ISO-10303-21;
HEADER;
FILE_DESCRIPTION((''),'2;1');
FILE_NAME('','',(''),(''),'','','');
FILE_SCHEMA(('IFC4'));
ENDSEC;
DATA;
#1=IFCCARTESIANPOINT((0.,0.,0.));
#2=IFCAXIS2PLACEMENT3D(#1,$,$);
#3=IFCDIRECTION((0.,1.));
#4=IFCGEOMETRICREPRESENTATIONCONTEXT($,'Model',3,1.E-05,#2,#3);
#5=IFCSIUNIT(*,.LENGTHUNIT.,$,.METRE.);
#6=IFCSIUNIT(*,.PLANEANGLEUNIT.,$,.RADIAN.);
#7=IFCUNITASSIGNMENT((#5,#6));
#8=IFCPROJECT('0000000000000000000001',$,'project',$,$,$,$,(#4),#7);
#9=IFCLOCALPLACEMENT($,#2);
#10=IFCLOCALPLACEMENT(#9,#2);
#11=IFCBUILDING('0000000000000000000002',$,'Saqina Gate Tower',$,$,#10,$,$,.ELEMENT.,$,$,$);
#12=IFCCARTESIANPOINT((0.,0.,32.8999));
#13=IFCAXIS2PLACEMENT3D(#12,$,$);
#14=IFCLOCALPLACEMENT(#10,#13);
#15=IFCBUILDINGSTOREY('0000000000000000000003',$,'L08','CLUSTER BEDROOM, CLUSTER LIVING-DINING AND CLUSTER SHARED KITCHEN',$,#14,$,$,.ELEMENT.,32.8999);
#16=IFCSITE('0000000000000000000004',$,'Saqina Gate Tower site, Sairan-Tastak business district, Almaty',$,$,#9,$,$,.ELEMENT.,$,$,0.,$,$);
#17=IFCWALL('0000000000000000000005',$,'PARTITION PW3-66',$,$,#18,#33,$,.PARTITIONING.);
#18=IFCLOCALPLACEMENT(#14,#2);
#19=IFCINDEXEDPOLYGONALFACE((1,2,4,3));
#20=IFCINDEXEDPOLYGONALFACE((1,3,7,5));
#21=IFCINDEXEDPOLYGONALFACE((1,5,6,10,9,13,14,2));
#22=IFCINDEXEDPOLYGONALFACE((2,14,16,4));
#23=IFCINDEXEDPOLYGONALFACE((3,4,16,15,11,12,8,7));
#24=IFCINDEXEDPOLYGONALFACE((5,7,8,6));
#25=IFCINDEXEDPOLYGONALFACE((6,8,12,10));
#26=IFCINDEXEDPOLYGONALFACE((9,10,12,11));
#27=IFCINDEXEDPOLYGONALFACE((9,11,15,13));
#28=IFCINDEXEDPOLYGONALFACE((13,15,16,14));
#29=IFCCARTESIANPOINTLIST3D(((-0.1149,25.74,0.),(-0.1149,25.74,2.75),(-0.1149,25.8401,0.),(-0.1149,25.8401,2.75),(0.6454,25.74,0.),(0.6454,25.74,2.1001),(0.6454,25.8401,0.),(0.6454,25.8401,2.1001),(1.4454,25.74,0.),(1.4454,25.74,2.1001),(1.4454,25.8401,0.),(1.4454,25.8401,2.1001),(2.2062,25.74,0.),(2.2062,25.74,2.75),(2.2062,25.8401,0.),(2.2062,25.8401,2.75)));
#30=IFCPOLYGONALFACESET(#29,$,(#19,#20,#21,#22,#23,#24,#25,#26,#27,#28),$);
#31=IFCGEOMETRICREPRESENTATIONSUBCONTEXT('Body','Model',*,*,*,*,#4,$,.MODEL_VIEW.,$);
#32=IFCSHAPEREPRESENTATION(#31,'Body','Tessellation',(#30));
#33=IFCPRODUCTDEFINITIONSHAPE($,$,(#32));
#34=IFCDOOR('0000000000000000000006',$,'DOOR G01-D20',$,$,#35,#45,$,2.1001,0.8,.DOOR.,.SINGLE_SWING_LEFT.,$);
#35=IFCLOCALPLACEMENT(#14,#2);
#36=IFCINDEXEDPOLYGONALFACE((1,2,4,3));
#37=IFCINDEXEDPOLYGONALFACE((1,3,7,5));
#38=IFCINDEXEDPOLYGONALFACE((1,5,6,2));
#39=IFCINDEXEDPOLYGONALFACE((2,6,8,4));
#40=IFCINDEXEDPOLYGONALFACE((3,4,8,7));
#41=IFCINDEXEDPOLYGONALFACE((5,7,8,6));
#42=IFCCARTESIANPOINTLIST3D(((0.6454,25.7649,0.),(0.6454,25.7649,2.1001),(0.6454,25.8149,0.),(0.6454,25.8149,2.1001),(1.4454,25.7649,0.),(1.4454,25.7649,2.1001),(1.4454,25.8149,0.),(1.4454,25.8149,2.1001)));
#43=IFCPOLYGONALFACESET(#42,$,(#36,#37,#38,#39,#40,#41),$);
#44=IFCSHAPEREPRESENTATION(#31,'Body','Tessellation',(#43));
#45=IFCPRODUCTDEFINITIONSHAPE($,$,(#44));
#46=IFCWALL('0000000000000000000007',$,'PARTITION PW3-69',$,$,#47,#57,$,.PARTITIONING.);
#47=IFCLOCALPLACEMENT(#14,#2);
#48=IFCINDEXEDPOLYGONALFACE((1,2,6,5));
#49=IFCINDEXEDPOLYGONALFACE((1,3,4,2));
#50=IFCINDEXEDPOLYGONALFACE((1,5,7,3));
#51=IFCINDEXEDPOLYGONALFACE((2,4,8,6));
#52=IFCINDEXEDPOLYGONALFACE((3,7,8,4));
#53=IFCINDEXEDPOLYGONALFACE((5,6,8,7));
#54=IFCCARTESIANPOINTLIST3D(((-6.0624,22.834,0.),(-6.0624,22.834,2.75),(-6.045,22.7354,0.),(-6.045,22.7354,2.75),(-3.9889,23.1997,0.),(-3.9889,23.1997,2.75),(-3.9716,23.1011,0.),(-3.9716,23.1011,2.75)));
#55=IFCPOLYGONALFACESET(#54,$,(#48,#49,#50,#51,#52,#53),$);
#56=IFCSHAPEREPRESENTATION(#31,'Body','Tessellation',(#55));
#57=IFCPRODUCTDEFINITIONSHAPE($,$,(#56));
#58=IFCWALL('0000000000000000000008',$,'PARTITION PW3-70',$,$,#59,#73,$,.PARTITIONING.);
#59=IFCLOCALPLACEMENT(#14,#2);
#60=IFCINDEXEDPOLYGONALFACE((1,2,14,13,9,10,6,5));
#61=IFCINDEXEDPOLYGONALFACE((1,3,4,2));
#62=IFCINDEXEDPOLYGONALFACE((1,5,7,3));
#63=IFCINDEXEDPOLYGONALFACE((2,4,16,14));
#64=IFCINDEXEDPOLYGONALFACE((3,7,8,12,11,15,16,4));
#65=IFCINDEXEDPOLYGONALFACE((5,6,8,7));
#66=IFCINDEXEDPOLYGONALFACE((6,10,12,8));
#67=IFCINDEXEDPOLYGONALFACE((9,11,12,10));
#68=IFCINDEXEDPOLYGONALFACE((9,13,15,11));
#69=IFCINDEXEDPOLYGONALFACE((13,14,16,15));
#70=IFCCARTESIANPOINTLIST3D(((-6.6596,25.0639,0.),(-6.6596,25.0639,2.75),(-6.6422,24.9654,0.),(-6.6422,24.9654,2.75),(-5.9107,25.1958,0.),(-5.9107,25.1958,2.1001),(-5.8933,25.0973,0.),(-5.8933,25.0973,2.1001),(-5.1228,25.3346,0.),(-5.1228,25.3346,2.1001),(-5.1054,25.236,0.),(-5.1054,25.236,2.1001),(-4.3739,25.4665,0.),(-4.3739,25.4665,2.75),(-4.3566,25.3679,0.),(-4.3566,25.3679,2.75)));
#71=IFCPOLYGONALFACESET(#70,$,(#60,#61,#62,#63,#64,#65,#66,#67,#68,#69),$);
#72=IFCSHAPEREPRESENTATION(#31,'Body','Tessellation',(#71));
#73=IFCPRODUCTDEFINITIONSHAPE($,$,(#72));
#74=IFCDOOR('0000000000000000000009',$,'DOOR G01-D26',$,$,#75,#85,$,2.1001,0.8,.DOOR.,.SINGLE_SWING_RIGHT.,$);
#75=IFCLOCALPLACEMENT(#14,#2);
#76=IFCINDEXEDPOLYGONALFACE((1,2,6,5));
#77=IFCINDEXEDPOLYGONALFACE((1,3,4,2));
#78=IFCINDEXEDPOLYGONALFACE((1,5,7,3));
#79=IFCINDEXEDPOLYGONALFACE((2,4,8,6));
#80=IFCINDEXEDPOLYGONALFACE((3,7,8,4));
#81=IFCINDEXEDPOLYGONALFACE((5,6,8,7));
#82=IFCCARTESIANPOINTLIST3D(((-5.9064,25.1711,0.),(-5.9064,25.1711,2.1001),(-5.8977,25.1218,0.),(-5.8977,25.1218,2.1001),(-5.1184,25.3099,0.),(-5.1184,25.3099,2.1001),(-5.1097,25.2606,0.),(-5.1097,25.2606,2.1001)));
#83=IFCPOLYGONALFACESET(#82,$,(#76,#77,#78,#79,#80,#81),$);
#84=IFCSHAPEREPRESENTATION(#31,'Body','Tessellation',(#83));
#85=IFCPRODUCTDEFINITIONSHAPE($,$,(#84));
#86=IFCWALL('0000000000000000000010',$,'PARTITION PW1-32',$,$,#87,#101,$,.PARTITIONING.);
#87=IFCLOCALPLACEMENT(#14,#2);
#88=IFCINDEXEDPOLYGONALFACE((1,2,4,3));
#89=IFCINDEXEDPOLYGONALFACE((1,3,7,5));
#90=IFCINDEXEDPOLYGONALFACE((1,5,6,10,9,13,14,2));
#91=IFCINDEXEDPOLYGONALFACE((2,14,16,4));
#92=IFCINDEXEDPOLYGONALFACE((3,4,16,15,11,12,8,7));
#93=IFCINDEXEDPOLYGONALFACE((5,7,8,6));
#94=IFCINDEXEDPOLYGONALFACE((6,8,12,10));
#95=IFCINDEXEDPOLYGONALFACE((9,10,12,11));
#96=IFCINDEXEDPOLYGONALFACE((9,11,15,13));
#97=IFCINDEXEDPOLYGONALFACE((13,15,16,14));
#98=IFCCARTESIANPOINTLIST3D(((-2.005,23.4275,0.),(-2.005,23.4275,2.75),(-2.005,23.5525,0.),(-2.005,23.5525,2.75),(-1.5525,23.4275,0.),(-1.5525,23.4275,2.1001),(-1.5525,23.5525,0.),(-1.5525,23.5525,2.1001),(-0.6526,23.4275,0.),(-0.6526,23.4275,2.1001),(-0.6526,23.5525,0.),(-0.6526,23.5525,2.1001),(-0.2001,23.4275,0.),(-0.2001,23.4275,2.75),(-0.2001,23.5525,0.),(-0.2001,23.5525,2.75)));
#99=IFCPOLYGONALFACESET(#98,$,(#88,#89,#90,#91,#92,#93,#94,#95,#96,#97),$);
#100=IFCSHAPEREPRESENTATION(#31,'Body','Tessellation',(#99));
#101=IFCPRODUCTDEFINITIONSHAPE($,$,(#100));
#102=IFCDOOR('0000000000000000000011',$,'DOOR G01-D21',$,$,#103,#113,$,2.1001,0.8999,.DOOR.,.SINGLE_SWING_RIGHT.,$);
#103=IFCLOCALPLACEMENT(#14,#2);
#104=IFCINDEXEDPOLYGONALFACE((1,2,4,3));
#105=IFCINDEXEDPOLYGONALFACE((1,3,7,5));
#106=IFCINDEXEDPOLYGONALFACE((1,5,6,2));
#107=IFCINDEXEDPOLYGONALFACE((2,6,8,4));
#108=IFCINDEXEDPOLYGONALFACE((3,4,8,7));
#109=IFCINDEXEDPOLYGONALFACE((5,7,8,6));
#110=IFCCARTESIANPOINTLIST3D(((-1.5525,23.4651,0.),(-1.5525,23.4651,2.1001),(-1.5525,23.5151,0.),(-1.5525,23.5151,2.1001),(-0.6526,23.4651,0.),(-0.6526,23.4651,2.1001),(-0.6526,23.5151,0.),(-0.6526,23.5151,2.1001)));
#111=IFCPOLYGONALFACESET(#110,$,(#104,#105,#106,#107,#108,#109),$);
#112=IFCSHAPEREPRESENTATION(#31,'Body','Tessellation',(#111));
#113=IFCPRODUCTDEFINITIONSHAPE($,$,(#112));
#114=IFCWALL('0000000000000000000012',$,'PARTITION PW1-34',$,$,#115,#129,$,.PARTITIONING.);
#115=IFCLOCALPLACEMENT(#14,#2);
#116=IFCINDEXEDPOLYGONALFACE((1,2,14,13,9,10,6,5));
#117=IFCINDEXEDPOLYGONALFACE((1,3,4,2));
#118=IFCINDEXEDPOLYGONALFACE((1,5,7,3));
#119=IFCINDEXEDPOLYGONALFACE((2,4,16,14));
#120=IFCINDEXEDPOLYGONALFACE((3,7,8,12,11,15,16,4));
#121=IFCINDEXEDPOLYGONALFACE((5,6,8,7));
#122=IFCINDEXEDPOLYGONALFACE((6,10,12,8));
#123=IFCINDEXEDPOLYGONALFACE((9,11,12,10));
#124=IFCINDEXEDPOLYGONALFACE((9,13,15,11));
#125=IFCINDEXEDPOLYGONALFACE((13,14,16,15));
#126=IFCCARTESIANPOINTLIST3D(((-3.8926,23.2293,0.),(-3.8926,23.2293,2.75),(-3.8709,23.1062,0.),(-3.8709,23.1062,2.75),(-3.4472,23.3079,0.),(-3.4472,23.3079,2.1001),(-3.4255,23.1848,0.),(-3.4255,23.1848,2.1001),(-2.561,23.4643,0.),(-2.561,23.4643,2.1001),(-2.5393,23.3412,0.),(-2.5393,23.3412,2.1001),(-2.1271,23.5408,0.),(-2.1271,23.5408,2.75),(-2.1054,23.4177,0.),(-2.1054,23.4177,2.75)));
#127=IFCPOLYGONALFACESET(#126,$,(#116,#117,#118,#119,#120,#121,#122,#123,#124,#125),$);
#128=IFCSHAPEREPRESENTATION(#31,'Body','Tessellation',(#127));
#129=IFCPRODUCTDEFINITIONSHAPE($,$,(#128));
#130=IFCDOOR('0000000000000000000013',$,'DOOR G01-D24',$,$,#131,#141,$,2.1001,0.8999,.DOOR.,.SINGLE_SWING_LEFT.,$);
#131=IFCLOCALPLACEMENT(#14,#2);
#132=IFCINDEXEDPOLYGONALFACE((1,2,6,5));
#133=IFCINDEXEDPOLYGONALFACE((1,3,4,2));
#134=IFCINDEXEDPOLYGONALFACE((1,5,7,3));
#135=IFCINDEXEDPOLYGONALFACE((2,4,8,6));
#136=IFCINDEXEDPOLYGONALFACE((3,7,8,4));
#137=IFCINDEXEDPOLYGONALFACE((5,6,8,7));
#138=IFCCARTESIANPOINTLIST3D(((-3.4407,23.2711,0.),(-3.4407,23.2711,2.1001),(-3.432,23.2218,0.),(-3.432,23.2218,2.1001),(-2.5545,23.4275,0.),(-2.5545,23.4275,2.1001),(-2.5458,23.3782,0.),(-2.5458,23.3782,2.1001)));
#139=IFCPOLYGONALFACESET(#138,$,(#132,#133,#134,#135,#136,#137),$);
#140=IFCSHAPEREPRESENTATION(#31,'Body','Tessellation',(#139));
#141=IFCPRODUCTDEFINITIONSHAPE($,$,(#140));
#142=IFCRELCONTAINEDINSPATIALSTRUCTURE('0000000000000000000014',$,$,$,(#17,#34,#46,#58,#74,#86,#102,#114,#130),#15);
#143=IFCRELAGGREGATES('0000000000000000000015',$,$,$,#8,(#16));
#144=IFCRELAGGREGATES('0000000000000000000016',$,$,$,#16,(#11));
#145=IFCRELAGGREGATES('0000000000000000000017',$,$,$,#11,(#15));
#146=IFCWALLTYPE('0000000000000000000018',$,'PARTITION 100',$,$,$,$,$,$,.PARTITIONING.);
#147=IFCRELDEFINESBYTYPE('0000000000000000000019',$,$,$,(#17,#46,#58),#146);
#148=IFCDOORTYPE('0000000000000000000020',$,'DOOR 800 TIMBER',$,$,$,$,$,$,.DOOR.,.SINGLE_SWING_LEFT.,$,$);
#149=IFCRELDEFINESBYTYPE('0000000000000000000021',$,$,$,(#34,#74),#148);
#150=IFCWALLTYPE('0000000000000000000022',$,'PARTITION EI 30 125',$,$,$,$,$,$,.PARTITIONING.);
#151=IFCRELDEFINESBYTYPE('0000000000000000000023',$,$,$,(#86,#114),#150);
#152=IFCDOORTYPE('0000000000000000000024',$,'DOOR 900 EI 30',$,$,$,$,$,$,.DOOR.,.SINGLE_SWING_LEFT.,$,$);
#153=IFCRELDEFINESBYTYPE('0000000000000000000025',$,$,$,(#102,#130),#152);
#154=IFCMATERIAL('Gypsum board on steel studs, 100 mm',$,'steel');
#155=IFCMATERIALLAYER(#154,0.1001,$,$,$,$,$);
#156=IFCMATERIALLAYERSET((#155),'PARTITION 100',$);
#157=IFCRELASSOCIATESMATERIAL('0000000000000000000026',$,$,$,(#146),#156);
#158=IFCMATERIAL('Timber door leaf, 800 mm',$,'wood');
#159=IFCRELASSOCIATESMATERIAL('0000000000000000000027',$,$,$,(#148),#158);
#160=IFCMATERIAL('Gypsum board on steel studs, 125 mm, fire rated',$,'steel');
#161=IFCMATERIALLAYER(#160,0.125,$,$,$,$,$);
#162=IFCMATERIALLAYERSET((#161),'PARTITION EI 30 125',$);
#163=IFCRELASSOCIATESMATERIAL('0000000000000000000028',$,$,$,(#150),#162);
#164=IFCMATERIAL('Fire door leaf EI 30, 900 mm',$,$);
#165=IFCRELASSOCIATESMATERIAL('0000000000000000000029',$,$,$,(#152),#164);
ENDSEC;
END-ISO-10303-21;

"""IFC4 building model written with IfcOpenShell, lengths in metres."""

from ifc_helpers import new_model, si_unit, direction, frame, frame_2d, origin, place, context, subcontext, project, spatial, rectangle, extrude, material, layer, layer_set, type_object, element, fill, save


model = new_model("IFC4")

# Units and contexts
model_context = context("Model", 3, precision=1e-05, world=origin(), true_north=direction((0.0, 1.0)))
body_context = subcontext(model_context, "Body", "Model", "MODEL_VIEW")
ifc_project = project(units=[si_unit("LENGTHUNIT", "METRE"), si_unit("PLANEANGLEUNIT", "RADIAN")], contexts=[model_context])

# Site, building, storey
site_placement = place(None, origin())
site = spatial("IfcSite", under=ifc_project, at=site_placement, Name="Saqina Gate Tower site, Sairan-Tastak business district, Almaty", CompositionType="ELEMENT", RefElevation=0.0)
building_placement = place(site_placement, origin())
building = spatial("IfcBuilding", under=site, at=building_placement, Name="Saqina Gate Tower", CompositionType="ELEMENT")
storey_placement = place(building_placement, frame((0.0, 0.0, 32.8999)))
storey = spatial("IfcBuildingStorey", under=building, at=storey_placement, Name="L08", Description="CLUSTER BEDROOM, CLUSTER LIVING-DINING AND CLUSTER SHARED KITCHEN", CompositionType="ELEMENT", Elevation=32.8999)

# Shared definitions
ifc_material_1 = material(Name="Gypsum board on steel studs, 100 mm", Category="steel")
ifc_layer_1 = layer(ifc_material_1, 0.1001)
ifc_layer_set_1 = layer_set([ifc_layer_1], Name="PARTITION 100")
wall_type_1 = type_object("IfcWallType", Name="PARTITION 100", PredefinedType="PARTITIONING", material=ifc_layer_set_1)

# Wall, opening, door
wall_1_placement = place(storey_placement, frame((-0.115, 25.79, 0.0), z_axis=(0.0, 0.0, 1.0), x_axis=(1.0, 0.0, 0.0)))
wall_1 = element("IfcWall", 1, at=wall_1_placement, inside=storey, type_object=wall_type_1, Name="PARTITION PW3-66", PredefinedType="PARTITIONING", context=body_context, shape_type="SweptSolid", body=[
    extrude(rectangle(XDim=2.321, YDim=0.1001, at=frame_2d((1.1606, 0.0))), origin(), (0.0, 0.0, 1.0), 2.75),
])
opening_1_placement = place(wall_1_placement, frame((0.7605, 0.0, 0.0)))
opening_1 = element("IfcOpeningElement", 2, at=opening_1_placement, cuts=wall_1, PredefinedType="OPENING", context=body_context, shape_type="SweptSolid", body=[
    extrude(rectangle(XDim=0.8, YDim=2.1001, at=frame_2d((0.3999, 1.05))), frame((0.0, 0.062, 0.0), z_axis=(0.0, -1.0, 0.0), x_axis=(1.0, 0.0, 0.0)), (0.0, 0.0, 1.0), 0.124),
])
ifc_material_2 = material(Name="Timber door leaf, 800 mm", Category="wood")
door_type_1 = type_object("IfcDoorType", Name="DOOR 800 TIMBER", OperationType="SINGLE_SWING_LEFT", PredefinedType="DOOR", material=ifc_material_2)
door_1_placement = place(opening_1_placement, origin())
door_1 = element("IfcDoor", 3, at=door_1_placement, inside=storey, type_object=door_type_1, Name="DOOR G01-D20", OperationType="SINGLE_SWING_LEFT", OverallHeight=2.1001, OverallWidth=0.8, PredefinedType="DOOR", context=body_context, shape_type="SweptSolid", body=[
    extrude(rectangle(XDim=0.8, YDim=2.1001, at=frame_2d((0.3999, 1.05))), frame((0.0, 0.0249, 0.0), z_axis=(0.0, -1.0, 0.0), x_axis=(1.0, 0.0, 0.0)), (0.0, 0.0, 1.0), 0.05),
])
fill(opening_1, door_1)

# Wall
wall_2_placement = place(storey_placement, frame((-6.0537, 22.7847, 0.0), z_axis=(0.0, 0.0, 1.0), x_axis=(0.984799, 0.173699, 0.0)))
element("IfcWall", 4, at=wall_2_placement, inside=storey, type_object=wall_type_1, Name="PARTITION PW3-69", PredefinedType="PARTITIONING", context=body_context, shape_type="SweptSolid", body=[
    extrude(rectangle(XDim=2.1055, YDim=0.1001, at=frame_2d((1.0527, 0.0))), origin(), (0.0, 0.0, 1.0), 2.75),
])

# Walls, openings, doors
wall_3_placement = place(storey_placement, frame((-6.6509, 25.0146, 0.0), z_axis=(0.0, 0.0, 1.0), x_axis=(0.98484, 0.173467, 0.0)))
wall_3 = element("IfcWall", 5, at=wall_3_placement, inside=storey, type_object=wall_type_1, Name="PARTITION PW3-70", PredefinedType="PARTITIONING", context=body_context, shape_type="SweptSolid", body=[
    extrude(rectangle(XDim=2.3208, YDim=0.1001, at=frame_2d((1.1604, 0.0))), origin(), (0.0, 0.0, 1.0), 2.75),
])
opening_2_placement = place(wall_3_placement, frame((0.7605, 0.0, 0.0)))
opening_2 = element("IfcOpeningElement", 6, at=opening_2_placement, cuts=wall_3, PredefinedType="OPENING", context=body_context, shape_type="SweptSolid", body=[
    extrude(rectangle(XDim=0.8, YDim=2.1001, at=frame_2d((0.3999, 1.05))), frame((0.0, 0.062, 0.0), z_axis=(0.0, -1.0, 0.0), x_axis=(1.0, 0.0, 0.0)), (0.0, 0.0, 1.0), 0.124),
])
door_2_placement = place(opening_2_placement, origin())
door_2 = element("IfcDoor", 7, at=door_2_placement, inside=storey, type_object=door_type_1, Name="DOOR G01-D26", OperationType="SINGLE_SWING_RIGHT", OverallHeight=2.1001, OverallWidth=0.8, PredefinedType="DOOR", context=body_context, shape_type="SweptSolid", body=[
    extrude(rectangle(XDim=0.8, YDim=2.1001, at=frame_2d((0.3999, 1.05))), frame((0.0, 0.0249, 0.0), z_axis=(0.0, -1.0, 0.0), x_axis=(1.0, 0.0, 0.0)), (0.0, 0.0, 1.0), 0.05),
])
fill(opening_2, door_2)
ifc_material_3 = material(Name="Gypsum board on steel studs, 125 mm, fire rated", Category="steel")
ifc_layer_2 = layer(ifc_material_3, 0.125)
ifc_layer_set_2 = layer_set([ifc_layer_2], Name="PARTITION EI 30 125")
wall_type_2 = type_object("IfcWallType", Name="PARTITION EI 30 125", PredefinedType="PARTITIONING", material=ifc_layer_set_2)
wall_4_placement = place(storey_placement, frame((-2.0049, 23.49, 0.0), z_axis=(0.0, 0.0, 1.0), x_axis=(1.0, 0.0, 0.0)))
wall_4 = element("IfcWall", 8, at=wall_4_placement, inside=storey, type_object=wall_type_2, Name="PARTITION PW1-32", PredefinedType="PARTITIONING", context=body_context, shape_type="SweptSolid", body=[
    extrude(rectangle(XDim=1.8049, YDim=0.125, at=frame_2d((0.9023, 0.0))), origin(), (0.0, 0.0, 1.0), 2.75),
])
opening_3_placement = place(wall_4_placement, frame((0.4524, 0.0, 0.0)))
opening_3 = element("IfcOpeningElement", 9, at=opening_3_placement, cuts=wall_4, PredefinedType="OPENING", context=body_context, shape_type="SweptSolid", body=[
    extrude(rectangle(XDim=0.8999, YDim=2.1001, at=frame_2d((0.45, 1.05))), frame((0.0, 0.0745, 0.0), z_axis=(0.0, -1.0, 0.0), x_axis=(1.0, 0.0, 0.0)), (0.0, 0.0, 1.0), 0.1489),
])
ifc_material_4 = material(Name="Fire door leaf EI 30, 900 mm")
door_type_2 = type_object("IfcDoorType", Name="DOOR 900 EI 30", OperationType="SINGLE_SWING_LEFT", PredefinedType="DOOR", material=ifc_material_4)
door_3_placement = place(opening_3_placement, frame((0.8999, 0.0, 0.0), z_axis=(0.0, 0.0, 1.0), x_axis=(-1.0, 0.0, 0.0)))
door_3 = element("IfcDoor", 10, at=door_3_placement, inside=storey, type_object=door_type_2, Name="DOOR G01-D21", OperationType="SINGLE_SWING_RIGHT", OverallHeight=2.1001, OverallWidth=0.8999, PredefinedType="DOOR", context=body_context, shape_type="SweptSolid", body=[
    extrude(rectangle(XDim=0.8999, YDim=2.1001, at=frame_2d((0.45, 1.05))), frame((0.0, 0.0249, 0.0), z_axis=(0.0, -1.0, 0.0), x_axis=(1.0, 0.0, 0.0)), (0.0, 0.0, 1.0), 0.05),
])
fill(opening_3, door_3)
wall_5_placement = place(storey_placement, frame((-3.8818, 23.1677, 0.0), z_axis=(0.0, 0.0, 1.0), x_axis=(0.984785, 0.173778, 0.0)))
wall_5 = element("IfcWall", 11, at=wall_5_placement, inside=storey, type_object=wall_type_2, Name="PARTITION PW1-34", PredefinedType="PARTITIONING", context=body_context, shape_type="SweptSolid", body=[
    extrude(rectangle(XDim=1.7927, YDim=0.125, at=frame_2d((0.8965, 0.0))), origin(), (0.0, 0.0, 1.0), 2.75),
])
opening_4_placement = place(wall_5_placement, frame((0.4524, 0.0, 0.0)))
opening_4 = element("IfcOpeningElement", 12, at=opening_4_placement, cuts=wall_5, PredefinedType="OPENING", context=body_context, shape_type="SweptSolid", body=[
    extrude(rectangle(XDim=0.8999, YDim=2.1001, at=frame_2d((0.45, 1.05))), frame((0.0, 0.0745, 0.0), z_axis=(0.0, -1.0, 0.0), x_axis=(1.0, 0.0, 0.0)), (0.0, 0.0, 1.0), 0.1489),
])
door_4_placement = place(opening_4_placement, frame((0.8999, 0.0, 0.0), z_axis=(0.0, 0.0, 1.0), x_axis=(-1.0, 0.0, 0.0)))
door_4 = element("IfcDoor", 13, at=door_4_placement, inside=storey, type_object=door_type_2, Name="DOOR G01-D24", OperationType="SINGLE_SWING_LEFT", OverallHeight=2.1001, OverallWidth=0.8999, PredefinedType="DOOR", context=body_context, shape_type="SweptSolid", body=[
    extrude(rectangle(XDim=0.8999, YDim=2.1001, at=frame_2d((0.45, 1.05))), frame((0.0, 0.0249, 0.0), z_axis=(0.0, -1.0, 0.0), x_axis=(1.0, 0.0, 0.0)), (0.0, 0.0, 1.0), 0.05),
])
fill(opening_4, door_4)

save(model, "model.ifc")
